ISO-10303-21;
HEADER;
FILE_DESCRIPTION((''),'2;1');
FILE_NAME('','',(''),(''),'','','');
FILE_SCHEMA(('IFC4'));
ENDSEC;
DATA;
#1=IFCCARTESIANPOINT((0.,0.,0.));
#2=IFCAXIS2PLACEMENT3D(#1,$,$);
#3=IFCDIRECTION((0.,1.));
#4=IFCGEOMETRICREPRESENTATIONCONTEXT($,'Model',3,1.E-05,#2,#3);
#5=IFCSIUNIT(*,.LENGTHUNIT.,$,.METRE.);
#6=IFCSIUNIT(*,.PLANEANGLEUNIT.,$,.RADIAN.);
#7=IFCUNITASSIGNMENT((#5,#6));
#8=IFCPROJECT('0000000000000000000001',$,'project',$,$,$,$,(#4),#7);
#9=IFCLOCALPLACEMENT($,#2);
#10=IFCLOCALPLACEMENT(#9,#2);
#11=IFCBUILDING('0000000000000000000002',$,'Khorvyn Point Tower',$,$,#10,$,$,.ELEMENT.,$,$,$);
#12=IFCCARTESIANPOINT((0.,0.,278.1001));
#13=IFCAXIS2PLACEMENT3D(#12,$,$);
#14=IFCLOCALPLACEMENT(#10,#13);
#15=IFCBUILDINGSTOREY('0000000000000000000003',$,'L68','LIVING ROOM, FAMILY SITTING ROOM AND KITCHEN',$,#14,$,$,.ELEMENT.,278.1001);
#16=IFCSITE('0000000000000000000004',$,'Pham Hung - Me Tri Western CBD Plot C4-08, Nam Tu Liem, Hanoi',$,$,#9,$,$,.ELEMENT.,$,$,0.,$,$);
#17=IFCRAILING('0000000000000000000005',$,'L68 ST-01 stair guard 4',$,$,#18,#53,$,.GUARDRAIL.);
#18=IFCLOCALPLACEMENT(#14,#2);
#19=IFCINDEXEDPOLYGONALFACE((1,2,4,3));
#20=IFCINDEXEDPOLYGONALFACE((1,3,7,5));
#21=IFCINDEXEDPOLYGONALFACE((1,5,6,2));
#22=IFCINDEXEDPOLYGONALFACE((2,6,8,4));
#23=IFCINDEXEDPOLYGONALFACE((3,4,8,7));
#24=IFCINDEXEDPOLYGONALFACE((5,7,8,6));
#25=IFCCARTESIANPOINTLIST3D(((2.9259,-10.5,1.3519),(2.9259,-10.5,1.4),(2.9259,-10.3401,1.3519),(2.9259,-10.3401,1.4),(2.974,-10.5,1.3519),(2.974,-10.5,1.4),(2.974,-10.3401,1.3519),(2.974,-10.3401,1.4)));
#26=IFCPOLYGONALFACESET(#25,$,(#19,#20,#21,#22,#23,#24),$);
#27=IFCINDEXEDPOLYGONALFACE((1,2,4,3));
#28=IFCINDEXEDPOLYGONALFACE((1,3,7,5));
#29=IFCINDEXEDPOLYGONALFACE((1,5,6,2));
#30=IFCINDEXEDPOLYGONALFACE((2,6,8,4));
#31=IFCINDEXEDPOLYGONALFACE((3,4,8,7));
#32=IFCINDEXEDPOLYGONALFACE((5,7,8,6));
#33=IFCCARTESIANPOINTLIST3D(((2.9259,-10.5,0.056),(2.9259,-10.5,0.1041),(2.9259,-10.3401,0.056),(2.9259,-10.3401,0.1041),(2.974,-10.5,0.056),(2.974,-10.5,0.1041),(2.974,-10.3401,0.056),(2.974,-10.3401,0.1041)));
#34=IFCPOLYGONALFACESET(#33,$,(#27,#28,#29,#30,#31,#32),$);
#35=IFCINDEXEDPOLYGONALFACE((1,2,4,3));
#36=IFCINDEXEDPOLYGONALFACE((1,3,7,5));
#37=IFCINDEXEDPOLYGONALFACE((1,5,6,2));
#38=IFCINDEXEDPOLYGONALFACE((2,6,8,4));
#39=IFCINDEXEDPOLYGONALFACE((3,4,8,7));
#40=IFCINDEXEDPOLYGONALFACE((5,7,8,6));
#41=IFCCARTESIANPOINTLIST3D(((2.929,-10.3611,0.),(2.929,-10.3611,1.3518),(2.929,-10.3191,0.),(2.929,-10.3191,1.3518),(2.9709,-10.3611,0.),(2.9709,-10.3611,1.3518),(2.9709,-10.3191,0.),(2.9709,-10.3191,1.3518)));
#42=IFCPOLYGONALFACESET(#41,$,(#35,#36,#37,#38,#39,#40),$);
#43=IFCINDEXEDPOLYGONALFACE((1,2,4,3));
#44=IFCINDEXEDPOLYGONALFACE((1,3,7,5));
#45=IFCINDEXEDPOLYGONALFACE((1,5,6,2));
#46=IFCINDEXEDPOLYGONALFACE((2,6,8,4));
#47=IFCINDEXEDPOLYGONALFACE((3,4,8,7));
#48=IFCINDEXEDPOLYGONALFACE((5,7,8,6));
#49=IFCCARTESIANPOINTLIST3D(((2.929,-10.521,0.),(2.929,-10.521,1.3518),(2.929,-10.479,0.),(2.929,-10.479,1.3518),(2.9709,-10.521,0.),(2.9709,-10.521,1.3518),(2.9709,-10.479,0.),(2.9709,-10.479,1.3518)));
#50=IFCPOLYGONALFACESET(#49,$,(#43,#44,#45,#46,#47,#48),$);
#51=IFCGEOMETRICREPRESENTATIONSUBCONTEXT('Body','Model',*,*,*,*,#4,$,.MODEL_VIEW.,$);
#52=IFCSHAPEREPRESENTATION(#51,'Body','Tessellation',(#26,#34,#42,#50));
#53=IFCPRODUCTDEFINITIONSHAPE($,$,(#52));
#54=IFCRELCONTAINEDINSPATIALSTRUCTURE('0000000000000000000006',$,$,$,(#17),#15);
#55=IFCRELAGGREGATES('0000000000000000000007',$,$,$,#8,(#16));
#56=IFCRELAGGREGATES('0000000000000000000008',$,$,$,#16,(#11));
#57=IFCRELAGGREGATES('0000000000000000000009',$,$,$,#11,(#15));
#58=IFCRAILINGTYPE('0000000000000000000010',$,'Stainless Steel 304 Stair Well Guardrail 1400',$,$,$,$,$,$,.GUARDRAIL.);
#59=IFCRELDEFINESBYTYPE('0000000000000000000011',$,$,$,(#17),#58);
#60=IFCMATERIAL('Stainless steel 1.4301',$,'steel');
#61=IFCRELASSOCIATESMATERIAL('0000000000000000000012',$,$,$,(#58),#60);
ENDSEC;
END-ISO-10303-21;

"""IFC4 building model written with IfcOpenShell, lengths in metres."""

from ifc_helpers import new_model, si_unit, direction, frame, origin, origin_2d, place, context, subcontext, project, spatial, rectangle, extrude, material, type_object, element, save


model = new_model("IFC4")

# Units and contexts
model_context = context("Model", 3, precision=1e-05, world=origin(), true_north=direction((0.0, 1.0)))
body_context = subcontext(model_context, "Body", "Model", "MODEL_VIEW")
ifc_project = project(units=[si_unit("LENGTHUNIT", "METRE"), si_unit("PLANEANGLEUNIT", "RADIAN")], contexts=[model_context])

# Site, building, storey
site_placement = place(None, origin())
site = spatial("IfcSite", under=ifc_project, at=site_placement, Name="Pham Hung - Me Tri Western CBD Plot C4-08, Nam Tu Liem, Hanoi", CompositionType="ELEMENT", RefElevation=0.0)
building_placement = place(site_placement, origin())
building = spatial("IfcBuilding", under=site, at=building_placement, Name="Khorvyn Point Tower", CompositionType="ELEMENT")
storey_placement = place(building_placement, frame((0.0, 0.0, 278.1001)))
storey = spatial("IfcBuildingStorey", under=building, at=storey_placement, Name="L68", Description="LIVING ROOM, FAMILY SITTING ROOM AND KITCHEN", CompositionType="ELEMENT", Elevation=278.1001)

# Railing
ifc_material_1 = material(Name="Stainless steel 1.4301", Category="steel")
railing_type_1 = type_object("IfcRailingType", Name="Stainless Steel 304 Stair Well Guardrail 1400", PredefinedType="GUARDRAIL", material=ifc_material_1)
railing_1_placement = place(storey_placement, frame((2.95, -10.3401, 0.0)))
element("IfcRailing", 1, at=railing_1_placement, inside=storey, type_object=railing_type_1, Name="L68 ST-01 stair guard 4", PredefinedType="GUARDRAIL", context=body_context, shape_type="SweptSolid", body=[
    extrude(rectangle(XDim=0.0481, YDim=0.0481, at=origin_2d()), frame((0.0, 0.0, 1.376), z_axis=(0.0, -1.0, 0.0), x_axis=(1.0, 0.0, 0.0)), (0.0, 0.0, 1.0), 0.1599),
    extrude(rectangle(XDim=0.0481, YDim=0.0481, at=origin_2d()), frame((0.0, 0.0, 0.0801), z_axis=(0.0, -1.0, 0.0), x_axis=(1.0, 0.0, 0.0)), (0.0, 0.0, 1.0), 0.1599),
    extrude(rectangle(XDim=0.042, YDim=0.042, at=origin_2d()), origin(), (0.0, 0.0, 1.0), 1.3518),
    extrude(rectangle(XDim=0.042, YDim=0.042, at=origin_2d()), frame((0.0, -0.1599, 0.0)), (0.0, 0.0, 1.0), 1.3518),
])

save(model, "model.ifc")
